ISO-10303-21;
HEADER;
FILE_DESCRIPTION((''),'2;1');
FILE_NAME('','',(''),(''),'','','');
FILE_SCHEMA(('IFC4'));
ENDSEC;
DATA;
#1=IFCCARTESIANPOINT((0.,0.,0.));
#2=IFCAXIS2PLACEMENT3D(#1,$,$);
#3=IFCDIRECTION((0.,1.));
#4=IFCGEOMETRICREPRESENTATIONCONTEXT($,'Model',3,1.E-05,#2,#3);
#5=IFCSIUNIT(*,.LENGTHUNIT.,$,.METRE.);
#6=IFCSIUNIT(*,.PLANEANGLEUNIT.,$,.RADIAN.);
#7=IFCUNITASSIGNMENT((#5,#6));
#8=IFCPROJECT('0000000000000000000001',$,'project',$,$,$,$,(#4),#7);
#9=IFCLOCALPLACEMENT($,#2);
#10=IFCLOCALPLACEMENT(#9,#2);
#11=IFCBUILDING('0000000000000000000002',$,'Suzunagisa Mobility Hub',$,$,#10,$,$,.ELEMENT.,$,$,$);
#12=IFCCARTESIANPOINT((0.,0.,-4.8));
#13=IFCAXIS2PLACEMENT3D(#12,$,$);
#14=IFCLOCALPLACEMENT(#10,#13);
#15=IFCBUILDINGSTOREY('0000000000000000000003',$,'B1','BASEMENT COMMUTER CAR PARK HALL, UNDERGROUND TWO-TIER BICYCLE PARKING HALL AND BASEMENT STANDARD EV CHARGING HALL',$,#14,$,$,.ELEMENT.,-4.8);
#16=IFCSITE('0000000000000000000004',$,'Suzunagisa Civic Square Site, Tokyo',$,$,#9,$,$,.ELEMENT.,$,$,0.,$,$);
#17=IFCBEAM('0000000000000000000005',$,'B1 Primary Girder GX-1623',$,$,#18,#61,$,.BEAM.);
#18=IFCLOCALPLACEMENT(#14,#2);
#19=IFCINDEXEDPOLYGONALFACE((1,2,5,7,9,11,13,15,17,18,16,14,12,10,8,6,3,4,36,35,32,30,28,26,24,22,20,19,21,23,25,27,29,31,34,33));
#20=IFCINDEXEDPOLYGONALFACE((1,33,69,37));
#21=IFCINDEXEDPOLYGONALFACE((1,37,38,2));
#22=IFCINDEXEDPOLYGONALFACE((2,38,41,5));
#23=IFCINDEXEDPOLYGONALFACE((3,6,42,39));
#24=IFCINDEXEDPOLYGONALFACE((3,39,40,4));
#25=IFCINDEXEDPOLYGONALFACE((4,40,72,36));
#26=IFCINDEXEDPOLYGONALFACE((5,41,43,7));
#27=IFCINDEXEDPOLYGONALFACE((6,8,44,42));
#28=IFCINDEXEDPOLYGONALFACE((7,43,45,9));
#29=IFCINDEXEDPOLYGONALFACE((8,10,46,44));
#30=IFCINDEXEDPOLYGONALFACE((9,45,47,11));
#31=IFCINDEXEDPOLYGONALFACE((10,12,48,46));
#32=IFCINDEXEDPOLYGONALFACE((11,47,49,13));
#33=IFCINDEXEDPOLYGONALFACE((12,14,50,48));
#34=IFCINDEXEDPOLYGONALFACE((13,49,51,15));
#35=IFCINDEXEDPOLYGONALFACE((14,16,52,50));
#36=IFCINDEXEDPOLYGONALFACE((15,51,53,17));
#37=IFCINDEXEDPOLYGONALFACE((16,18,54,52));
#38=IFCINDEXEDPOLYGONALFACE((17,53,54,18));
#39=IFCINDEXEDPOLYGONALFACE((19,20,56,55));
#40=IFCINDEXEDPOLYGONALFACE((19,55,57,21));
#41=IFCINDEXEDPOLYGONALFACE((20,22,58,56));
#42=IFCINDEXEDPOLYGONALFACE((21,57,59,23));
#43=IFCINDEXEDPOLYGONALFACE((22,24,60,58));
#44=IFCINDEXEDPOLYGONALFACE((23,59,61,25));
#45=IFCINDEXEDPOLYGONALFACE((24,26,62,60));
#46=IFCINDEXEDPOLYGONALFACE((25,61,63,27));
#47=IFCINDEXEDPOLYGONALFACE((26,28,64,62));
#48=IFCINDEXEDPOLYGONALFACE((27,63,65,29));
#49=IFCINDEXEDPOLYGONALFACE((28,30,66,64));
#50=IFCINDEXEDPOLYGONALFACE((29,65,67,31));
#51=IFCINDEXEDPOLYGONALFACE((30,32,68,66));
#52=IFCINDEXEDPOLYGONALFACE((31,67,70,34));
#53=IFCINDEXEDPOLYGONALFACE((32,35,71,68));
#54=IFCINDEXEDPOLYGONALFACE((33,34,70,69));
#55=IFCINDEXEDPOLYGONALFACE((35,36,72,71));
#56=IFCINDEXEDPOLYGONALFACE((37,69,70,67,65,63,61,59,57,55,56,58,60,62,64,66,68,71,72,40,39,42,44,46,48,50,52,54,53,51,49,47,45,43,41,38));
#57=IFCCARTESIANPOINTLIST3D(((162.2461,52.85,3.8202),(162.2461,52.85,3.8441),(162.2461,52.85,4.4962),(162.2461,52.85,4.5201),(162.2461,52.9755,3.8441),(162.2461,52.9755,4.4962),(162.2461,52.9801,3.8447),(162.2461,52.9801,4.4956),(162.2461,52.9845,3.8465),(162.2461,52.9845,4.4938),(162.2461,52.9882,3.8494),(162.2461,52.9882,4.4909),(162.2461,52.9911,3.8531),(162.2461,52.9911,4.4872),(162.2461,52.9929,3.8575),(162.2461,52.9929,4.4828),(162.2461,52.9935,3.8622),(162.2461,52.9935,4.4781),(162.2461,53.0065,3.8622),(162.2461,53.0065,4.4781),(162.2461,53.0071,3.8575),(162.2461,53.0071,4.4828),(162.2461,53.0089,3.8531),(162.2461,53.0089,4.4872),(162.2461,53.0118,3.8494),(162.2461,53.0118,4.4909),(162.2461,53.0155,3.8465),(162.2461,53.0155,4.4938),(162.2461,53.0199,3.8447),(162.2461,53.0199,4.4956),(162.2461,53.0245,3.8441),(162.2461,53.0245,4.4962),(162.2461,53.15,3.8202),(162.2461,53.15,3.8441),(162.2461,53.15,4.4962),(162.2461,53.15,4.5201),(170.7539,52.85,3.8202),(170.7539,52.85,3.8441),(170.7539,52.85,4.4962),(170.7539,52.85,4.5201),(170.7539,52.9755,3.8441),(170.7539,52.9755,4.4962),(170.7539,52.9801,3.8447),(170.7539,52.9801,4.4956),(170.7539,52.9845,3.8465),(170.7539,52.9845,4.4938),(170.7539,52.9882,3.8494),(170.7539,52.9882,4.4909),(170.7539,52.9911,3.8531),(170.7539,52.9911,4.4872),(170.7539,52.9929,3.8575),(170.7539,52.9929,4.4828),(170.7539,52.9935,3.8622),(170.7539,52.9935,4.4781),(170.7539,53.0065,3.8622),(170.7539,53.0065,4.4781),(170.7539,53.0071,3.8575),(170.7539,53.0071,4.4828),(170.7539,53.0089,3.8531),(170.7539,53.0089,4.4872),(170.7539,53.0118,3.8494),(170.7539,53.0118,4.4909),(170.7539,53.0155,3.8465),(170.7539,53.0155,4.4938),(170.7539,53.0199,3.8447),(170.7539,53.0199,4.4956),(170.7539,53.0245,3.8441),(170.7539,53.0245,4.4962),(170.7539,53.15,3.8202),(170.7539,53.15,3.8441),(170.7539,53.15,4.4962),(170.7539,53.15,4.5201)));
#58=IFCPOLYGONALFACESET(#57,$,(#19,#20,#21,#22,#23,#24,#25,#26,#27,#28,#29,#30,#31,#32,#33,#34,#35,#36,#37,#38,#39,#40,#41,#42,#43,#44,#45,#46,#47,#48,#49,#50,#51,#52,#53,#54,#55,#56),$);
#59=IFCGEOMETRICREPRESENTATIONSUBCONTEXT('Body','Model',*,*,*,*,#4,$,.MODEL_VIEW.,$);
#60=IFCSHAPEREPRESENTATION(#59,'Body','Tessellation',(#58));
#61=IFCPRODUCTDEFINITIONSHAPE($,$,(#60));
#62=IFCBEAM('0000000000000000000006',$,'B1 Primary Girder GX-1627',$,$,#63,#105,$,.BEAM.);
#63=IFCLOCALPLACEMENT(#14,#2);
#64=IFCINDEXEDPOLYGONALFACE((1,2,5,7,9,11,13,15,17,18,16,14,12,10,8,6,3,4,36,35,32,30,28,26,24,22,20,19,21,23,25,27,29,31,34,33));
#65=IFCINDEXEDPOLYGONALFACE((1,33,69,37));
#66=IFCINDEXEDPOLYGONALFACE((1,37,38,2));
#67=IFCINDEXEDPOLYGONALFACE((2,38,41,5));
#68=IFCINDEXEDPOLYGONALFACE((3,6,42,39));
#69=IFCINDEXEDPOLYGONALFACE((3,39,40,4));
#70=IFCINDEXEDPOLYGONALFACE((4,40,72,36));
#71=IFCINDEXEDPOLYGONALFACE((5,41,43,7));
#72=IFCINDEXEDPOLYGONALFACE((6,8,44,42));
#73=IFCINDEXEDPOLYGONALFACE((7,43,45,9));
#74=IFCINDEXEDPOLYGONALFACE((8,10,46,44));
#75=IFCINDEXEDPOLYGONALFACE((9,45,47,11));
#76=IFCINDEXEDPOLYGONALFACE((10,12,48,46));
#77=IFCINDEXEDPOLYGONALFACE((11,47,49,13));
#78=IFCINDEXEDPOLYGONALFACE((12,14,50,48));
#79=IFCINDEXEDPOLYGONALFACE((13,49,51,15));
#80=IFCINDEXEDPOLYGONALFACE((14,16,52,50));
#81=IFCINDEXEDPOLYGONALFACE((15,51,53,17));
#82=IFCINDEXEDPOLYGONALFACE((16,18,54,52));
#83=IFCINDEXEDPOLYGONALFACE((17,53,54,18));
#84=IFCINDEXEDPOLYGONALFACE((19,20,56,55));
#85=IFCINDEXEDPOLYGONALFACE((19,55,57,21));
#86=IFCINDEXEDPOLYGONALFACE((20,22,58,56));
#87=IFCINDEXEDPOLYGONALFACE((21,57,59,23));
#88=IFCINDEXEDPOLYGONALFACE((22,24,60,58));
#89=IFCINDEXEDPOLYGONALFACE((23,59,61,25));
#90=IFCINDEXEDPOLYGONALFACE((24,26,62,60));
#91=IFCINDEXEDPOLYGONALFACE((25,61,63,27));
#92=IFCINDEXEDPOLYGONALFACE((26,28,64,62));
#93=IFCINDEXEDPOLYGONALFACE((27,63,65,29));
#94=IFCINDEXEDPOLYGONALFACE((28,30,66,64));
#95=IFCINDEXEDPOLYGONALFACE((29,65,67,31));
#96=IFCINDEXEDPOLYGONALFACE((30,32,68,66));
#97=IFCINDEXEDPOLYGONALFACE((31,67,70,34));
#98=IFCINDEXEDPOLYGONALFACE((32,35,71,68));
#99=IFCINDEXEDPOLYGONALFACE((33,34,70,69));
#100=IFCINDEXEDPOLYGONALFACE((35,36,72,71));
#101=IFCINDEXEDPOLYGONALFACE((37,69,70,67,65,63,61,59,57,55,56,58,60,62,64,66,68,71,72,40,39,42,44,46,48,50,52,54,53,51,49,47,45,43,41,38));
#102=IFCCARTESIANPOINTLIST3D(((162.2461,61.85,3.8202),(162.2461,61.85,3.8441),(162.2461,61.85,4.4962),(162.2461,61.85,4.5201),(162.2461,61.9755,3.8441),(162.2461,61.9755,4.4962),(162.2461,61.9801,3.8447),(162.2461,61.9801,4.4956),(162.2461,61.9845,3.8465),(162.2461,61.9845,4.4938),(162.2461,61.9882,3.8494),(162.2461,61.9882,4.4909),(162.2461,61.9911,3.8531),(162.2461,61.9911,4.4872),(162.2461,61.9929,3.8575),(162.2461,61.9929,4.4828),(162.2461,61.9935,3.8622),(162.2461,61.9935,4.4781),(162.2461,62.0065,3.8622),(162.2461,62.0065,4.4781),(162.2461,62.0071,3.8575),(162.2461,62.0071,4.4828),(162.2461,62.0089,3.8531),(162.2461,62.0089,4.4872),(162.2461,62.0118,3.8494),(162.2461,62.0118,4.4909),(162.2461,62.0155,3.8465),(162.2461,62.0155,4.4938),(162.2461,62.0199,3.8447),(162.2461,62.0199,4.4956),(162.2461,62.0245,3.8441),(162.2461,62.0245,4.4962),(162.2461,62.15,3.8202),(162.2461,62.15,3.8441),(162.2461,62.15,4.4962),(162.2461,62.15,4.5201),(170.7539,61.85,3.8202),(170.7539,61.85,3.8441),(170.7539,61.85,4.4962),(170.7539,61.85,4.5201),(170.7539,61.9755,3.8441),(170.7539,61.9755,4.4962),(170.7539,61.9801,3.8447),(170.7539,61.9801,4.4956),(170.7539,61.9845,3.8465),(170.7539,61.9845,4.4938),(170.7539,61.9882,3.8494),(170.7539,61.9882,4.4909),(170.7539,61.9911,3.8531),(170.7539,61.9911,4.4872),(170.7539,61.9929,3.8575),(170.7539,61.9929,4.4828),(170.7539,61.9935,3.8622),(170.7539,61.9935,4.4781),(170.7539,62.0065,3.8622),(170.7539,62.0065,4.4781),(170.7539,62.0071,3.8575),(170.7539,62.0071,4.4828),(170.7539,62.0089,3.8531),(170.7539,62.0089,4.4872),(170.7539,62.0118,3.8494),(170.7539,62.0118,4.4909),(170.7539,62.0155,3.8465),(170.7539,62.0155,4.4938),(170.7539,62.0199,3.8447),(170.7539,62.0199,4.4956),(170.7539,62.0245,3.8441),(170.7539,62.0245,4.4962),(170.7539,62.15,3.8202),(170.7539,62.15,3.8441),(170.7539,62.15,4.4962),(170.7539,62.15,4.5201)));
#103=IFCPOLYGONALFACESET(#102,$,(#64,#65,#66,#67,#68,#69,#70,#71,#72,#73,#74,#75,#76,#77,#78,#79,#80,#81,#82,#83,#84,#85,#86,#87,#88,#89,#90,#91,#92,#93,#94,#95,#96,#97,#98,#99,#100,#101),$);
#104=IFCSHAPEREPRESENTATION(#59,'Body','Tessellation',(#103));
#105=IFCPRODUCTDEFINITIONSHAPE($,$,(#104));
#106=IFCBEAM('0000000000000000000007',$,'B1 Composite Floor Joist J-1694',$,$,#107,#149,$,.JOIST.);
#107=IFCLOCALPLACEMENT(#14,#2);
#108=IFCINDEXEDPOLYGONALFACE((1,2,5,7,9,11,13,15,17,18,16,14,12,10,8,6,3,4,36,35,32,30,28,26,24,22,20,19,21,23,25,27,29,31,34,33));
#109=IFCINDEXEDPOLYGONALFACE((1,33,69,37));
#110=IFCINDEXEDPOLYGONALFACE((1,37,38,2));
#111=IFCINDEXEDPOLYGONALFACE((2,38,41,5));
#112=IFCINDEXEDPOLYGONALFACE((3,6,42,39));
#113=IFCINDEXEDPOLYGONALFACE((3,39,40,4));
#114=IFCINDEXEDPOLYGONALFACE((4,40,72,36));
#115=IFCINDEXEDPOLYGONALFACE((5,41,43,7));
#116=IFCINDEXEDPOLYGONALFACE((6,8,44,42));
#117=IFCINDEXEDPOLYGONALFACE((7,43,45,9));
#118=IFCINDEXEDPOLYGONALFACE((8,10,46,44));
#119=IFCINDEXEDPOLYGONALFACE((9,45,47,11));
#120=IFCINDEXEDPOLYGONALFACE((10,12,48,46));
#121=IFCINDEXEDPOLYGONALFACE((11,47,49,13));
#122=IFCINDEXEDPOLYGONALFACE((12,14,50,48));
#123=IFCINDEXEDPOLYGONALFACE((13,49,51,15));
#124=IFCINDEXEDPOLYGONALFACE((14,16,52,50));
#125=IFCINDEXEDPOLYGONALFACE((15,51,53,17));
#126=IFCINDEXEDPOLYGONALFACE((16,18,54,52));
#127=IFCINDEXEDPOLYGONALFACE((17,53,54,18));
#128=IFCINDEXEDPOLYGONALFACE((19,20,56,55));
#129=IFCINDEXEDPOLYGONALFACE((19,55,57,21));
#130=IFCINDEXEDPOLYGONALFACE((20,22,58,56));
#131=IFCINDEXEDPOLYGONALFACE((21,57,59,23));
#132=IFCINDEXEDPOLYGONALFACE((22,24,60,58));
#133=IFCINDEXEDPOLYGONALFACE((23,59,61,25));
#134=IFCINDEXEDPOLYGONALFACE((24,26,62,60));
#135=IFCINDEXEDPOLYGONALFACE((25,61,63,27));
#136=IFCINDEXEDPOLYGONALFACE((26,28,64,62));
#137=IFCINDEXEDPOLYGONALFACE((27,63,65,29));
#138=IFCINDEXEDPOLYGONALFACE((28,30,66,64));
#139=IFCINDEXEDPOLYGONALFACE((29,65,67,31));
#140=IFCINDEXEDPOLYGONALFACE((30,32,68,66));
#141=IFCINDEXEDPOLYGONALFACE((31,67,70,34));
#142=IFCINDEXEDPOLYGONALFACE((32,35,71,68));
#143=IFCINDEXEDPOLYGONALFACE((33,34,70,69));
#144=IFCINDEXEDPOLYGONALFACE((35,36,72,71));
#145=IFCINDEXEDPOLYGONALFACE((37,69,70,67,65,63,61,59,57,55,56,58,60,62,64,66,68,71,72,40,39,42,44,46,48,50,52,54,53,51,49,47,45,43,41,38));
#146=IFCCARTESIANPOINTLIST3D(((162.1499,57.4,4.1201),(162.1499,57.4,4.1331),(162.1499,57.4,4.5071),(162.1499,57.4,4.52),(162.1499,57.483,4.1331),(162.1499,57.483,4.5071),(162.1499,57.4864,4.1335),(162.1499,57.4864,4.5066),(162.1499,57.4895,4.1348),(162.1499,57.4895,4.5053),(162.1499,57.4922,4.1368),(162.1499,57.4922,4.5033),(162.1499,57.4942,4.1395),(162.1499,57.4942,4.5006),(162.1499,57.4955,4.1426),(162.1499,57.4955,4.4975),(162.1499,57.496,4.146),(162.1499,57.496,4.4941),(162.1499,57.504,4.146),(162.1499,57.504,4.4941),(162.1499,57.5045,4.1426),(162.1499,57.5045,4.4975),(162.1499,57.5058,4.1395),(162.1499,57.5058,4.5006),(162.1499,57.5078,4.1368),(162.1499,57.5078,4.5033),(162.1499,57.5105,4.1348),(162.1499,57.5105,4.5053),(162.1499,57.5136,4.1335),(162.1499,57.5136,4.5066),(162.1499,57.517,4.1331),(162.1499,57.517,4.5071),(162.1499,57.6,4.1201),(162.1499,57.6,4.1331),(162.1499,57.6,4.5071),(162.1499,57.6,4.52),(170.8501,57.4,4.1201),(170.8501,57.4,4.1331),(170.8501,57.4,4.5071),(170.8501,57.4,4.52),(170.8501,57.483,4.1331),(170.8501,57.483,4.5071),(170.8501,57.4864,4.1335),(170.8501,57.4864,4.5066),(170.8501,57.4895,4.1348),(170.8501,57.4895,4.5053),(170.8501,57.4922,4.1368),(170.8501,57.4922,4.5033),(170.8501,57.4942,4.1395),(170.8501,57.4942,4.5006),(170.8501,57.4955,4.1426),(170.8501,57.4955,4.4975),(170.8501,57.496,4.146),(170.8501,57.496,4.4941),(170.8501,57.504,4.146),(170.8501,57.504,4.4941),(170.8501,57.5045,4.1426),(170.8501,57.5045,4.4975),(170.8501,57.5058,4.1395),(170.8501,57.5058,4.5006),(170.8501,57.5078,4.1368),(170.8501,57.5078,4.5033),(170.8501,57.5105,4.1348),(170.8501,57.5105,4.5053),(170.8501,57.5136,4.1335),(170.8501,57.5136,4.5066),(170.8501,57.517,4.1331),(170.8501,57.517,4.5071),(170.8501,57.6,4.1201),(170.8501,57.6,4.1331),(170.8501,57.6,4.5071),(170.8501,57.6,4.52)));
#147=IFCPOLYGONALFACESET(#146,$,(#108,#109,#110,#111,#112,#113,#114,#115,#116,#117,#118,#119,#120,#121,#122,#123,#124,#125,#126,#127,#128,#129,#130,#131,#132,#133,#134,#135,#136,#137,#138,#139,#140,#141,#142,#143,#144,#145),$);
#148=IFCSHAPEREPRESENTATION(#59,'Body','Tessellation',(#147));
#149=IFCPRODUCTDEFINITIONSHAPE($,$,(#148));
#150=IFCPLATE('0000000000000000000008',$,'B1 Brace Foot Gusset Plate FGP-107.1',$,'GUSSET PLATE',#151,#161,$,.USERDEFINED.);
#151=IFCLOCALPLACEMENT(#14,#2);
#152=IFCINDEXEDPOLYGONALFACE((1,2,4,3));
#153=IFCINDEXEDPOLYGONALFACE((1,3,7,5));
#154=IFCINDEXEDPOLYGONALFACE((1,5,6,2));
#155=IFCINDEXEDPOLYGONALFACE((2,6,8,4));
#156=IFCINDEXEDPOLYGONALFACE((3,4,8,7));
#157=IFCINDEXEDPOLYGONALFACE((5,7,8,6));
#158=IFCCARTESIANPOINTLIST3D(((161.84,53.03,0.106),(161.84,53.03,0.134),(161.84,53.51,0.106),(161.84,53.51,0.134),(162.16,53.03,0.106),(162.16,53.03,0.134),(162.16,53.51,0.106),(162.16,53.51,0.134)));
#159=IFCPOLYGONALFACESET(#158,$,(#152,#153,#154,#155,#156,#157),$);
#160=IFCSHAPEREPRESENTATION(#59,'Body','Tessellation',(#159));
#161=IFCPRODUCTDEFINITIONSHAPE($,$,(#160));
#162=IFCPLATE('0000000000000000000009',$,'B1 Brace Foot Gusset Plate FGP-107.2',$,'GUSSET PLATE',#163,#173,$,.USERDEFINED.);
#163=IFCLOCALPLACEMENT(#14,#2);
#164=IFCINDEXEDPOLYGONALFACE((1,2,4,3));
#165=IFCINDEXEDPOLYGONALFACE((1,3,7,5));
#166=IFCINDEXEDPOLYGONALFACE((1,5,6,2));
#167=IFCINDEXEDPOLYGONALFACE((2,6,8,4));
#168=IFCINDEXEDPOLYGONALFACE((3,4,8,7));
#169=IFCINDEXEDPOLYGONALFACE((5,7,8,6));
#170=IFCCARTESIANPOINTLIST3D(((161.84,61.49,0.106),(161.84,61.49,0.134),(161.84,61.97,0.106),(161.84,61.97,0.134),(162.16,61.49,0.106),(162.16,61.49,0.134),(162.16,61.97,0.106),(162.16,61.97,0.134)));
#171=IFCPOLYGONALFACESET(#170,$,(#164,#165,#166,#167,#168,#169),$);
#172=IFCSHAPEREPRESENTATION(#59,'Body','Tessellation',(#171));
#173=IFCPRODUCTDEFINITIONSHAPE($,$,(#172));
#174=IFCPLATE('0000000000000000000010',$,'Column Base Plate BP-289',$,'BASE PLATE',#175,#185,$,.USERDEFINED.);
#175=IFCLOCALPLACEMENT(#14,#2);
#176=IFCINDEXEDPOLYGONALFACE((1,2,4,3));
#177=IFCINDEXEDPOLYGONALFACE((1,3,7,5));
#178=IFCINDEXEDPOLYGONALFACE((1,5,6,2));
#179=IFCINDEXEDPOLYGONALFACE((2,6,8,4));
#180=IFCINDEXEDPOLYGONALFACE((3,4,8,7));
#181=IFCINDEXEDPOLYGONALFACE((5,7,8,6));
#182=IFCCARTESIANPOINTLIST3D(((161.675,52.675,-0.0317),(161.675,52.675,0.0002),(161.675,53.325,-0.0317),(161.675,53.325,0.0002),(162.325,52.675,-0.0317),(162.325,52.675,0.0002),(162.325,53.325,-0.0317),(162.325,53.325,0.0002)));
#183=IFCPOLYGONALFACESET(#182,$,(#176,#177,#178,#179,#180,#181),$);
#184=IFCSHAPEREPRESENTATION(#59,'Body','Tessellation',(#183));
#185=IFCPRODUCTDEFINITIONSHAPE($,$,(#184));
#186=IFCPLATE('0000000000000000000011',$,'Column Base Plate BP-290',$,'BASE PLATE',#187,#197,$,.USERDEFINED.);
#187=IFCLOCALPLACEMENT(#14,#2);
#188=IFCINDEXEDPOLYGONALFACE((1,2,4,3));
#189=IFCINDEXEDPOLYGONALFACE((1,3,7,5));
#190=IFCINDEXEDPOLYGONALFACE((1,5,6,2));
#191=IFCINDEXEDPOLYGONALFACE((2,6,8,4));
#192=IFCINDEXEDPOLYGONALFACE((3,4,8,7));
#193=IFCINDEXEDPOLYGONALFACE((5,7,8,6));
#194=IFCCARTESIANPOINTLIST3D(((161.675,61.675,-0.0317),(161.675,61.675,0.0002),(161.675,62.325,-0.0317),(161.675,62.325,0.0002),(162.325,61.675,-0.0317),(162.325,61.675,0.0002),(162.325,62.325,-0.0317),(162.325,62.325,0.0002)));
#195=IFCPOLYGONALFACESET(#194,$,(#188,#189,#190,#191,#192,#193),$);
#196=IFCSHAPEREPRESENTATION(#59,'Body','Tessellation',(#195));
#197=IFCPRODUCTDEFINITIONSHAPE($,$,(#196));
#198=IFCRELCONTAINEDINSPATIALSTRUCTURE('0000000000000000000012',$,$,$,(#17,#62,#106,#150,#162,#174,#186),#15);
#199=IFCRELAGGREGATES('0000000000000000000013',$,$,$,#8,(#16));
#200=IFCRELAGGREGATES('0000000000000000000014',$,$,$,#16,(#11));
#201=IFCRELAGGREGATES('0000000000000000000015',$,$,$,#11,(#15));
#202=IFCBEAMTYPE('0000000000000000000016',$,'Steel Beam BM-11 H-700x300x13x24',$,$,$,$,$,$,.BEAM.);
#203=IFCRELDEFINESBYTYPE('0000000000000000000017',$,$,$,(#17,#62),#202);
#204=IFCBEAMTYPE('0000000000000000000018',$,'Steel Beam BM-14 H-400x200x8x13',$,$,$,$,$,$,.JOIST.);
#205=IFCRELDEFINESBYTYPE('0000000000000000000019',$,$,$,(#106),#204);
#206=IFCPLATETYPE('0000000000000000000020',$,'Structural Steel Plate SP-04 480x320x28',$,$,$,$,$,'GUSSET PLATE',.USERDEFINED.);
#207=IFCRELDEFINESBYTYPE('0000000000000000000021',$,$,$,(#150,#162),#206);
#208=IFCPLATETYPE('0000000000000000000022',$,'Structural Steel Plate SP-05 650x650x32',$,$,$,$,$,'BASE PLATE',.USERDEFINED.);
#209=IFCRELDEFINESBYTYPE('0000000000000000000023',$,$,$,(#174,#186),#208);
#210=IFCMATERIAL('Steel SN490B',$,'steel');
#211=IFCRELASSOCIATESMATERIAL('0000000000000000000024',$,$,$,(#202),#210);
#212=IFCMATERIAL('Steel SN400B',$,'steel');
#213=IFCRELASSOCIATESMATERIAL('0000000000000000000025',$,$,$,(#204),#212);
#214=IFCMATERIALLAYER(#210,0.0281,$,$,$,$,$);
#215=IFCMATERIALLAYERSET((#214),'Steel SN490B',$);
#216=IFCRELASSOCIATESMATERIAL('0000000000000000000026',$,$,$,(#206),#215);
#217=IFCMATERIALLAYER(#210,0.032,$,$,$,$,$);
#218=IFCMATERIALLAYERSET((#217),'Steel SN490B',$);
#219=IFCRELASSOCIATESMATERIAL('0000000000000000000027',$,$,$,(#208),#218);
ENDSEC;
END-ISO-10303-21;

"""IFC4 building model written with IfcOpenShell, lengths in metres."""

from ifc_helpers import new_model, si_unit, direction, frame, origin, origin_2d, place, context, subcontext, project, spatial, rectangle, i_section, extrude, material, layer, layer_set, material_profile, profile_set, type_object, element, save


model = new_model("IFC4")

# Units and contexts
model_context = context("Model", 3, precision=1e-05, world=origin(), true_north=direction((0.0, 1.0)))
body_context = subcontext(model_context, "Body", "Model", "MODEL_VIEW")
ifc_project = project(units=[si_unit("LENGTHUNIT", "METRE"), si_unit("PLANEANGLEUNIT", "RADIAN")], contexts=[model_context])

# Site, building, storey
site_placement = place(None, origin())
site = spatial("IfcSite", under=ifc_project, at=site_placement, Name="Suzunagisa Civic Square Site, Tokyo", CompositionType="ELEMENT", RefElevation=0.0)
building_placement = place(site_placement, origin())
building = spatial("IfcBuilding", under=site, at=building_placement, Name="Suzunagisa Mobility Hub", CompositionType="ELEMENT")
storey_placement = place(building_placement, frame((0.0, 0.0, -4.8)))
storey = spatial("IfcBuildingStorey", under=building, at=storey_placement, Name="B1", Description="BASEMENT COMMUTER CAR PARK HALL, UNDERGROUND TWO-TIER BICYCLE PARKING HALL AND BASEMENT STANDARD EV CHARGING HALL", CompositionType="ELEMENT", Elevation=-4.8)

# Shared definitions
ifc_material_1 = material(Name="Steel SN490B", Category="steel")

# Beams
ifc_material_profile_1 = material_profile(ifc_material_1, i_section(OverallWidth=0.3, OverallDepth=0.7, WebThickness=0.0129, FlangeThickness=0.0239, FilletRadius=0.0181, at=origin_2d()), Name="H-700x300x13x24")
ifc_profile_set_1 = profile_set([ifc_material_profile_1], Name="Steel SN490B")
beam_type_1 = type_object("IfcBeamType", Name="Steel Beam BM-11 H-700x300x13x24", PredefinedType="BEAM", material=ifc_profile_set_1)
for number, where, z_axis, x_axis, name in (
    (1, (162.2461, 53.0, 4.1702), (1.0, 0.0, 0.0), (0.0, 1.0, 0.0), "B1 Primary Girder GX-1623"),
    (2, (162.2461, 62.0, 4.1702), (1.0, 0.0, 0.0), (0.0, 1.0, 0.0), "B1 Primary Girder GX-1627"),
):
    element("IfcBeam", number, at=place(storey_placement, frame(where, z_axis=z_axis, x_axis=x_axis)), inside=storey, type_object=beam_type_1, Name=name, PredefinedType="BEAM", context=body_context, shape_type="SweptSolid", body=[
        extrude(i_section(OverallWidth=0.3, OverallDepth=0.7, WebThickness=0.0129, FlangeThickness=0.0239, FilletRadius=0.0181, at=origin_2d()), origin(), (0.0, 0.0, 1.0), 8.5078),
    ])
ifc_material_2 = material(Name="Steel SN400B", Category="steel")
ifc_material_profile_2 = material_profile(ifc_material_2, i_section(OverallWidth=0.2, OverallDepth=0.3999, WebThickness=0.0081, FlangeThickness=0.0129, FilletRadius=0.0129, at=origin_2d()), Name="H-400x200x8x13")
ifc_profile_set_2 = profile_set([ifc_material_profile_2], Name="Steel SN400B")
beam_type_2 = type_object("IfcBeamType", Name="Steel Beam BM-14 H-400x200x8x13", PredefinedType="JOIST", material=ifc_profile_set_2)
beam_1_placement = place(storey_placement, frame((162.1499, 57.5, 4.3201), z_axis=(1.0, 0.0, 0.0), x_axis=(0.0, 1.0, 0.0)))
element("IfcBeam", 3, at=beam_1_placement, inside=storey, type_object=beam_type_2, Name="B1 Composite Floor Joist J-1694", PredefinedType="JOIST", context=body_context, shape_type="SweptSolid", body=[
    extrude(i_section(OverallWidth=0.2, OverallDepth=0.3999, WebThickness=0.0081, FlangeThickness=0.0129, FilletRadius=0.0129, at=origin_2d()), origin(), (0.0, 0.0, 1.0), 8.7002),
])

# Plates
ifc_layer_1 = layer(ifc_material_1, 0.0281)
ifc_layer_set_1 = layer_set([ifc_layer_1], Name="Steel SN490B")
plate_type_1 = type_object("IfcPlateType", Name="Structural Steel Plate SP-04 480x320x28", ElementType="GUSSET PLATE", PredefinedType="USERDEFINED", material=ifc_layer_set_1)
for number, where, z_axis, x_axis, name in (
    (4, (162.0, 53.27, 0.106), (0.0, 0.0, 1.0), (1.0, 0.0, 0.0), "B1 Brace Foot Gusset Plate FGP-107.1"),
    (5, (162.0, 61.73, 0.106), (0.0, 0.0, 1.0), (1.0, 0.0, 0.0), "B1 Brace Foot Gusset Plate FGP-107.2"),
):
    element("IfcPlate", number, at=place(storey_placement, frame(where, z_axis=z_axis, x_axis=x_axis)), inside=storey, type_object=plate_type_1, Name=name, ObjectType="GUSSET PLATE", PredefinedType="USERDEFINED", context=body_context, shape_type="SweptSolid", body=[
        extrude(rectangle(XDim=0.3201, YDim=0.48, at=origin_2d()), origin(), (0.0, 0.0, 1.0), 0.0281),
    ])
ifc_layer_2 = layer(ifc_material_1, 0.032)
ifc_layer_set_2 = layer_set([ifc_layer_2], Name="Steel SN490B")
plate_type_2 = type_object("IfcPlateType", Name="Structural Steel Plate SP-05 650x650x32", ElementType="BASE PLATE", PredefinedType="USERDEFINED", material=ifc_layer_set_2)
for number, where, z_axis, x_axis, name in (
    (6, (162.0, 53.0, -0.0317), (0.0, 0.0, 1.0), (1.0, 0.0, 0.0), "Column Base Plate BP-289"),
    (7, (162.0, 62.0, -0.0317), (0.0, 0.0, 1.0), (1.0, 0.0, 0.0), "Column Base Plate BP-290"),
):
    element("IfcPlate", number, at=place(storey_placement, frame(where, z_axis=z_axis, x_axis=x_axis)), inside=storey, type_object=plate_type_2, Name=name, ObjectType="BASE PLATE", PredefinedType="USERDEFINED", context=body_context, shape_type="SweptSolid", body=[
        extrude(rectangle(XDim=0.6499, YDim=0.6499, at=origin_2d()), origin(), (0.0, 0.0, 1.0), 0.032),
    ])

save(model, "model.ifc")
